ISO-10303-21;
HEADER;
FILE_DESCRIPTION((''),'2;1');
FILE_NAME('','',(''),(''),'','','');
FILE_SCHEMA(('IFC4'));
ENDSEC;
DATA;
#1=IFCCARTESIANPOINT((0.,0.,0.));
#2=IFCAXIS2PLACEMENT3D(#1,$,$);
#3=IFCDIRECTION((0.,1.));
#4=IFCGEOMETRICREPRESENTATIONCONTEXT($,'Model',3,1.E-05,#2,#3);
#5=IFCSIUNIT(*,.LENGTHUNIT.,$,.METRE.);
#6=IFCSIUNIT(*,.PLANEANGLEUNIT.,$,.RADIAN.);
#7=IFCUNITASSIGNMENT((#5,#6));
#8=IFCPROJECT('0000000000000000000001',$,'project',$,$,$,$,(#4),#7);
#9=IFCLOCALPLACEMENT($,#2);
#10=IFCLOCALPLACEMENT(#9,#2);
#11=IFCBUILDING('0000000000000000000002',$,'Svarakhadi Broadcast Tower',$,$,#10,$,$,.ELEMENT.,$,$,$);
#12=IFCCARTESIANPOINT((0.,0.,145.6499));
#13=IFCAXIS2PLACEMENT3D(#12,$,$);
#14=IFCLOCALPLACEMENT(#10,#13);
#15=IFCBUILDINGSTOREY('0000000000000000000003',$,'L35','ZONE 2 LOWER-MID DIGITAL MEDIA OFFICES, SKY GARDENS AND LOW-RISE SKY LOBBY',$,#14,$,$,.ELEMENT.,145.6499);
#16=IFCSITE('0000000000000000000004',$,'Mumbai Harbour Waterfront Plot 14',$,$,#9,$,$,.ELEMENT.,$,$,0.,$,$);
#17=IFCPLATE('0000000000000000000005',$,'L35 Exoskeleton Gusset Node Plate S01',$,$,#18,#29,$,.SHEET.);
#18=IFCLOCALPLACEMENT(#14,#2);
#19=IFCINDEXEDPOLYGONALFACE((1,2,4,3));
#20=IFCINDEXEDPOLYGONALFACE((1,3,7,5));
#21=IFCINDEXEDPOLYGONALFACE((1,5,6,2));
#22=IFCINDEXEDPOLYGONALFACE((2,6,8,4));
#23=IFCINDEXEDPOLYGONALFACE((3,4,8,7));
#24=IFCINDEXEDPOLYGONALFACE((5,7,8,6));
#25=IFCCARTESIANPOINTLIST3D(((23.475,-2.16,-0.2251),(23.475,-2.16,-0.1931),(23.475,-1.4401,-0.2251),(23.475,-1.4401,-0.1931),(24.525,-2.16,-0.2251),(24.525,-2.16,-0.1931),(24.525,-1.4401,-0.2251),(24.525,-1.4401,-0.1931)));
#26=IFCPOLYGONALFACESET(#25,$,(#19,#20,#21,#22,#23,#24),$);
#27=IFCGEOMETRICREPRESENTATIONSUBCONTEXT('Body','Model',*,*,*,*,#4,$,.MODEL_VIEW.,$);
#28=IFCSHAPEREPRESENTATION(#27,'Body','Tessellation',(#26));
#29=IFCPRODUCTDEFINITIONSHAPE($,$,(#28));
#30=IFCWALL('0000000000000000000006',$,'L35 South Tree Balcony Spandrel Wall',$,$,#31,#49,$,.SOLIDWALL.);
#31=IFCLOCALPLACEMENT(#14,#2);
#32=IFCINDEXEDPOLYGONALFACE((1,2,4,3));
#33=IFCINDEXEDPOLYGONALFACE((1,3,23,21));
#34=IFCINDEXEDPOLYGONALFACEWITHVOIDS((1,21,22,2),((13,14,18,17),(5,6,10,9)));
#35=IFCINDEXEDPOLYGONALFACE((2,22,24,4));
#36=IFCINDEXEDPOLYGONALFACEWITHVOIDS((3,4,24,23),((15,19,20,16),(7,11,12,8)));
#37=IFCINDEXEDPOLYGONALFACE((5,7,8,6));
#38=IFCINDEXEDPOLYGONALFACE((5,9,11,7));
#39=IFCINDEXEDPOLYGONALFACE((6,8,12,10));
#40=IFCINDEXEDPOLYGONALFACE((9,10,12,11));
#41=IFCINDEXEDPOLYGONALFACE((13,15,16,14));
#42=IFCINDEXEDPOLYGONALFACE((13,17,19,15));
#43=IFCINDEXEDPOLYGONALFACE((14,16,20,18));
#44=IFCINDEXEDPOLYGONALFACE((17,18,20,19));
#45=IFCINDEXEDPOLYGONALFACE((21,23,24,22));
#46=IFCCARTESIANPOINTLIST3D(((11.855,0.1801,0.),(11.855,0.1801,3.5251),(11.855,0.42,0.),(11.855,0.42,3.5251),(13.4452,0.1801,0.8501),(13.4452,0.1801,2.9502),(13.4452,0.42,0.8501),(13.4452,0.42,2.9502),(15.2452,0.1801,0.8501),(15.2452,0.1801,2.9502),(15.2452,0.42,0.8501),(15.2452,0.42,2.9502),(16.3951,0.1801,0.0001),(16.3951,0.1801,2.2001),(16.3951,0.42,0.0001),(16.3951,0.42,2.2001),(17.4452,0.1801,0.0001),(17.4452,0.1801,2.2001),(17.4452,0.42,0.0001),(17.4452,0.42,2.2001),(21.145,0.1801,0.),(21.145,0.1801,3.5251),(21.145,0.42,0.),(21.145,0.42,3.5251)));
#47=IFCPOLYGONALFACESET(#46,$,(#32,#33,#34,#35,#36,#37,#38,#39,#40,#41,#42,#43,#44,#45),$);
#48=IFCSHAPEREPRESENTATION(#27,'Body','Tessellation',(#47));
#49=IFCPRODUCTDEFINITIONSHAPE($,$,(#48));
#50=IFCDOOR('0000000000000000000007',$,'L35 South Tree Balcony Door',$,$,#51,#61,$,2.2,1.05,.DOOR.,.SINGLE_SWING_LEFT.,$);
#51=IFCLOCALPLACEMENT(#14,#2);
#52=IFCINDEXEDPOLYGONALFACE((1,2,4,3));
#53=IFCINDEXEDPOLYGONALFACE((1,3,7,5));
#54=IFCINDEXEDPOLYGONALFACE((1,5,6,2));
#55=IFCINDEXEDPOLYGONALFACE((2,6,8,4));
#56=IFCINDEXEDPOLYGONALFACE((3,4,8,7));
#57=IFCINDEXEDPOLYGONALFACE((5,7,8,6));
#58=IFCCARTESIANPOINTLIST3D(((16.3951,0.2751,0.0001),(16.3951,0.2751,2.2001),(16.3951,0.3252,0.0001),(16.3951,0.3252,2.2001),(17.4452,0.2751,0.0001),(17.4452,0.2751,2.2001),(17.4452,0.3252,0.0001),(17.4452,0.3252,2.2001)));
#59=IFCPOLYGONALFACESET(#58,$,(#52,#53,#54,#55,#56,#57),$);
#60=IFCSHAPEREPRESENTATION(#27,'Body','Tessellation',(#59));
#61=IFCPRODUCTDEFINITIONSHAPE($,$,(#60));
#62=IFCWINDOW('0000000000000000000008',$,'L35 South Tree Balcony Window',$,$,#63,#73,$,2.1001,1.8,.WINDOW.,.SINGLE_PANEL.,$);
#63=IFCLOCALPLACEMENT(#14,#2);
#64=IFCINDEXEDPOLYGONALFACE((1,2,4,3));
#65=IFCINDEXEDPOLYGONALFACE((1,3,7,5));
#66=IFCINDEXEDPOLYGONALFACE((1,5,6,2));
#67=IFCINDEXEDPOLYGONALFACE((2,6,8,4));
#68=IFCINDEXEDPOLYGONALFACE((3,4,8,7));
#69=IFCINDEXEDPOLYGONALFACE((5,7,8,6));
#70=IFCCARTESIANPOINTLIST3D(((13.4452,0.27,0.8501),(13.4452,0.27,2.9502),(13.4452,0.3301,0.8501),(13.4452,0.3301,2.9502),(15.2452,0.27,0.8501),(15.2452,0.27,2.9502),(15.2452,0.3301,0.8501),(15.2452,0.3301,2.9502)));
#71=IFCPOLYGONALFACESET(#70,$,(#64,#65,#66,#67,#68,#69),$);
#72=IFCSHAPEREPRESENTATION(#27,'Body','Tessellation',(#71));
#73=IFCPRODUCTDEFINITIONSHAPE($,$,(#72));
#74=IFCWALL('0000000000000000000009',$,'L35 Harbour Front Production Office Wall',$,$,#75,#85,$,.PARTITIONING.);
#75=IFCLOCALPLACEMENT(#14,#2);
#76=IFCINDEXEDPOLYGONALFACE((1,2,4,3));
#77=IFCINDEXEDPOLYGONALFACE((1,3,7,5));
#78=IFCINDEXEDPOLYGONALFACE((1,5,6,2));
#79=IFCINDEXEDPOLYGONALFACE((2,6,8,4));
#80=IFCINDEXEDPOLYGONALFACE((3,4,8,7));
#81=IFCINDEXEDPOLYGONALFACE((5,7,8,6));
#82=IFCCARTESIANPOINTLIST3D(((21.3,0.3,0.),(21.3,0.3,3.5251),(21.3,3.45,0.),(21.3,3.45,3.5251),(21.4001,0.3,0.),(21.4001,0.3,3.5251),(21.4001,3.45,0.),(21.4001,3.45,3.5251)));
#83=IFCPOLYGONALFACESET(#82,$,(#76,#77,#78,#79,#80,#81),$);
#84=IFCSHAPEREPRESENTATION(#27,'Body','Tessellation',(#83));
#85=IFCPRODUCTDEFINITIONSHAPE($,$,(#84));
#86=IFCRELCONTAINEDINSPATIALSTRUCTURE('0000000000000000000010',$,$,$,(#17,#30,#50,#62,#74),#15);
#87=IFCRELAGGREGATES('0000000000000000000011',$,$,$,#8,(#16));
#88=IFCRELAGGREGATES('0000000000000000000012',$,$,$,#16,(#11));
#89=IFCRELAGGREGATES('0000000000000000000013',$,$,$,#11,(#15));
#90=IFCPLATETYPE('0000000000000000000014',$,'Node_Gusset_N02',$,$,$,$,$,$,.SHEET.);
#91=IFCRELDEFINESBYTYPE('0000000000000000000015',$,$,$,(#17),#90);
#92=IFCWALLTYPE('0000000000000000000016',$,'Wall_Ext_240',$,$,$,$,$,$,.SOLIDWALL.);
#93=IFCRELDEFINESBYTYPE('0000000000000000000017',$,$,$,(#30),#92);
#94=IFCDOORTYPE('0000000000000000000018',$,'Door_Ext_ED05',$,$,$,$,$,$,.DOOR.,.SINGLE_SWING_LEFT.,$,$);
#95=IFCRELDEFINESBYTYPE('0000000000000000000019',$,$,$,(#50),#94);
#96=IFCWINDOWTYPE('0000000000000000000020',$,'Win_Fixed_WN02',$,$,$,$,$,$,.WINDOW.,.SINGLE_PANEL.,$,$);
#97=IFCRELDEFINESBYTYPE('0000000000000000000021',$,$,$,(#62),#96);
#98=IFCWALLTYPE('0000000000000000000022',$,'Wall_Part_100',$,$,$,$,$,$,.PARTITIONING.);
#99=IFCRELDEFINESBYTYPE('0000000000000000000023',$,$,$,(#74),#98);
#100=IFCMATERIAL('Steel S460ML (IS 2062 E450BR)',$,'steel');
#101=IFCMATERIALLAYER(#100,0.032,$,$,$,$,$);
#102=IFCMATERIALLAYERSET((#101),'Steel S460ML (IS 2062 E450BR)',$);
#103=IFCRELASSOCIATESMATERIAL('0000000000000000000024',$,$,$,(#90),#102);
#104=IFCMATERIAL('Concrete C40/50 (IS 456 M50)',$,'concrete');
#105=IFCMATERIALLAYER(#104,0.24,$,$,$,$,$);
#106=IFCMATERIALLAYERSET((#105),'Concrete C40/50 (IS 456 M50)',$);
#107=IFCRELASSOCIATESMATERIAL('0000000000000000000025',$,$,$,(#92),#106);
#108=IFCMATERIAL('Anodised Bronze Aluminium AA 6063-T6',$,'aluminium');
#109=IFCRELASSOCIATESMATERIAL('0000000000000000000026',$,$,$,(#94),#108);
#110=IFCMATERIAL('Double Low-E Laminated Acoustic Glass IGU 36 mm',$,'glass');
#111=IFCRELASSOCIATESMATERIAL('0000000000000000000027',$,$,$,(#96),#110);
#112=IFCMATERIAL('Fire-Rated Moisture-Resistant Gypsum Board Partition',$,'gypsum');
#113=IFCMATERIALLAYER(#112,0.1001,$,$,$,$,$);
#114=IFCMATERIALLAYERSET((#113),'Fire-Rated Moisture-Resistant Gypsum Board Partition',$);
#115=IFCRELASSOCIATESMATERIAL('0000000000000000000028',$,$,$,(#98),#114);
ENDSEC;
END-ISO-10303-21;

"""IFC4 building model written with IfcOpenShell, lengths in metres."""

from ifc_helpers import new_model, si_unit, direction, frame, frame_2d, origin, origin_2d, place, context, subcontext, project, spatial, rectangle, extrude, material, layer, layer_set, type_object, element, fill, save


model = new_model("IFC4")

# Units and contexts
model_context = context("Model", 3, precision=1e-05, world=origin(), true_north=direction((0.0, 1.0)))
body_context = subcontext(model_context, "Body", "Model", "MODEL_VIEW")
ifc_project = project(units=[si_unit("LENGTHUNIT", "METRE"), si_unit("PLANEANGLEUNIT", "RADIAN")], contexts=[model_context])

# Site, building, storey
site_placement = place(None, origin())
site = spatial("IfcSite", under=ifc_project, at=site_placement, Name="Mumbai Harbour Waterfront Plot 14", CompositionType="ELEMENT", RefElevation=0.0)
building_placement = place(site_placement, origin())
building = spatial("IfcBuilding", under=site, at=building_placement, Name="Svarakhadi Broadcast Tower", CompositionType="ELEMENT")
storey_placement = place(building_placement, frame((0.0, 0.0, 145.6499)))
storey = spatial("IfcBuildingStorey", under=building, at=storey_placement, Name="L35", Description="ZONE 2 LOWER-MID DIGITAL MEDIA OFFICES, SKY GARDENS AND LOW-RISE SKY LOBBY", CompositionType="ELEMENT", Elevation=145.6499)

# Shared definitions
ifc_material_1 = material(Name="Anodised Bronze Aluminium AA 6063-T6", Category="aluminium")

# Shared definitions
ifc_material_2 = material(Name="Steel S460ML (IS 2062 E450BR)", Category="steel")

# Shared definitions
ifc_material_3 = material(Name="Double Low-E Laminated Acoustic Glass IGU 36 mm", Category="glass")

# Plate
ifc_layer_1 = layer(ifc_material_2, 0.032)
ifc_layer_set_1 = layer_set([ifc_layer_1], Name="Steel S460ML (IS 2062 E450BR)")
plate_type_1 = type_object("IfcPlateType", Name="Node_Gusset_N02", PredefinedType="SHEET", material=ifc_layer_set_1)
plate_1_placement = place(storey_placement, frame((24.0, -1.8, -0.2251), z_axis=(0.0, 0.0, 1.0), x_axis=(1.0, 0.0, 0.0)))
element("IfcPlate", 1, at=plate_1_placement, inside=storey, type_object=plate_type_1, Name="L35 Exoskeleton Gusset Node Plate S01", PredefinedType="SHEET", context=body_context, shape_type="SweptSolid", body=[
    extrude(rectangle(XDim=1.05, YDim=0.72, at=origin_2d()), origin(), (0.0, 0.0, 1.0), 0.032),
])

# Wall, openings, door, window
ifc_material_4 = material(Name="Concrete C40/50 (IS 456 M50)", Category="concrete")
ifc_layer_2 = layer(ifc_material_4, 0.24)
ifc_layer_set_2 = layer_set([ifc_layer_2], Name="Concrete C40/50 (IS 456 M50)")
wall_type_1 = type_object("IfcWallType", Name="Wall_Ext_240", PredefinedType="SOLIDWALL", material=ifc_layer_set_2)
wall_1_placement = place(storey_placement, frame((21.145, 0.3, 0.0), z_axis=(0.0, 0.0, 1.0), x_axis=(-1.0, 0.0, 0.0)))
wall_1 = element("IfcWall", 2, at=wall_1_placement, inside=storey, type_object=wall_type_1, Name="L35 South Tree Balcony Spandrel Wall", PredefinedType="SOLIDWALL", context=body_context, shape_type="SweptSolid", body=[
    extrude(rectangle(XDim=9.29, YDim=0.24, at=frame_2d((4.645, 0.0))), origin(), (0.0, 0.0, 1.0), 3.5251),
])
opening_1_placement = place(wall_1_placement, frame((3.7, 0.0, 0.0)))
opening_1 = element("IfcOpeningElement", 3, at=opening_1_placement, cuts=wall_1, PredefinedType="OPENING", context=body_context, shape_type="SweptSolid", body=[
    extrude(rectangle(XDim=1.05, YDim=2.2, at=frame_2d((0.5249, 1.1001))), frame((0.0, 0.1299, 0.0), z_axis=(0.0, -1.0, 0.0), x_axis=(1.0, 0.0, 0.0)), (0.0, 0.0, 1.0), 0.26),
])
opening_2_placement = place(wall_1_placement, frame((5.8999, 0.0, 0.8501)))
opening_2 = element("IfcOpeningElement", 4, at=opening_2_placement, cuts=wall_1, PredefinedType="OPENING", context=body_context, shape_type="SweptSolid", body=[
    extrude(rectangle(XDim=1.8, YDim=2.1001, at=frame_2d((0.8999, 1.05))), frame((0.0, 0.1299, 0.0), z_axis=(0.0, -1.0, 0.0), x_axis=(1.0, 0.0, 0.0)), (0.0, 0.0, 1.0), 0.26),
])
door_type = type_object("IfcDoorType", Name="Door_Ext_ED05", OperationType="SINGLE_SWING_LEFT", PredefinedType="DOOR", material=ifc_material_1)
door_placement = place(opening_1_placement, origin())
door = element("IfcDoor", 5, at=door_placement, inside=storey, type_object=door_type, Name="L35 South Tree Balcony Door", OperationType="SINGLE_SWING_LEFT", OverallHeight=2.2, OverallWidth=1.05, PredefinedType="DOOR", context=body_context, shape_type="SweptSolid", body=[
    extrude(rectangle(XDim=1.05, YDim=2.2, at=frame_2d((0.5249, 1.1001))), frame((0.0, 0.0249, 0.0), z_axis=(0.0, -1.0, 0.0), x_axis=(1.0, 0.0, 0.0)), (0.0, 0.0, 1.0), 0.05),
])
fill(opening_1, door)
window_type = type_object("IfcWindowType", Name="Win_Fixed_WN02", PartitioningType="SINGLE_PANEL", PredefinedType="WINDOW", material=ifc_material_3)
window_placement = place(opening_2_placement, origin())
window = element("IfcWindow", 6, at=window_placement, inside=storey, type_object=window_type, Name="L35 South Tree Balcony Window", OverallHeight=2.1001, OverallWidth=1.8, PartitioningType="SINGLE_PANEL", PredefinedType="WINDOW", context=body_context, shape_type="SweptSolid", body=[
    extrude(rectangle(XDim=1.8, YDim=2.1001, at=frame_2d((0.8999, 1.05))), frame((0.0, 0.03, 0.0), z_axis=(0.0, -1.0, 0.0), x_axis=(1.0, 0.0, 0.0)), (0.0, 0.0, 1.0), 0.0601),
])
fill(opening_2, window)

# Wall
ifc_material_5 = material(Name="Fire-Rated Moisture-Resistant Gypsum Board Partition", Category="gypsum")
ifc_layer_3 = layer(ifc_material_5, 0.1001)
ifc_layer_set_3 = layer_set([ifc_layer_3], Name="Fire-Rated Moisture-Resistant Gypsum Board Partition")
wall_type_2 = type_object("IfcWallType", Name="Wall_Part_100", PredefinedType="PARTITIONING", material=ifc_layer_set_3)
wall_2_placement = place(storey_placement, frame((21.3501, 0.3, 0.0), z_axis=(0.0, 0.0, 1.0), x_axis=(0.0, 1.0, 0.0)))
element("IfcWall", 7, at=wall_2_placement, inside=storey, type_object=wall_type_2, Name="L35 Harbour Front Production Office Wall", PredefinedType="PARTITIONING", context=body_context, shape_type="SweptSolid", body=[
    extrude(rectangle(XDim=3.1499, YDim=0.1001, at=frame_2d((1.575, 0.0))), origin(), (0.0, 0.0, 1.0), 3.5251),
])

save(model, "model.ifc")
